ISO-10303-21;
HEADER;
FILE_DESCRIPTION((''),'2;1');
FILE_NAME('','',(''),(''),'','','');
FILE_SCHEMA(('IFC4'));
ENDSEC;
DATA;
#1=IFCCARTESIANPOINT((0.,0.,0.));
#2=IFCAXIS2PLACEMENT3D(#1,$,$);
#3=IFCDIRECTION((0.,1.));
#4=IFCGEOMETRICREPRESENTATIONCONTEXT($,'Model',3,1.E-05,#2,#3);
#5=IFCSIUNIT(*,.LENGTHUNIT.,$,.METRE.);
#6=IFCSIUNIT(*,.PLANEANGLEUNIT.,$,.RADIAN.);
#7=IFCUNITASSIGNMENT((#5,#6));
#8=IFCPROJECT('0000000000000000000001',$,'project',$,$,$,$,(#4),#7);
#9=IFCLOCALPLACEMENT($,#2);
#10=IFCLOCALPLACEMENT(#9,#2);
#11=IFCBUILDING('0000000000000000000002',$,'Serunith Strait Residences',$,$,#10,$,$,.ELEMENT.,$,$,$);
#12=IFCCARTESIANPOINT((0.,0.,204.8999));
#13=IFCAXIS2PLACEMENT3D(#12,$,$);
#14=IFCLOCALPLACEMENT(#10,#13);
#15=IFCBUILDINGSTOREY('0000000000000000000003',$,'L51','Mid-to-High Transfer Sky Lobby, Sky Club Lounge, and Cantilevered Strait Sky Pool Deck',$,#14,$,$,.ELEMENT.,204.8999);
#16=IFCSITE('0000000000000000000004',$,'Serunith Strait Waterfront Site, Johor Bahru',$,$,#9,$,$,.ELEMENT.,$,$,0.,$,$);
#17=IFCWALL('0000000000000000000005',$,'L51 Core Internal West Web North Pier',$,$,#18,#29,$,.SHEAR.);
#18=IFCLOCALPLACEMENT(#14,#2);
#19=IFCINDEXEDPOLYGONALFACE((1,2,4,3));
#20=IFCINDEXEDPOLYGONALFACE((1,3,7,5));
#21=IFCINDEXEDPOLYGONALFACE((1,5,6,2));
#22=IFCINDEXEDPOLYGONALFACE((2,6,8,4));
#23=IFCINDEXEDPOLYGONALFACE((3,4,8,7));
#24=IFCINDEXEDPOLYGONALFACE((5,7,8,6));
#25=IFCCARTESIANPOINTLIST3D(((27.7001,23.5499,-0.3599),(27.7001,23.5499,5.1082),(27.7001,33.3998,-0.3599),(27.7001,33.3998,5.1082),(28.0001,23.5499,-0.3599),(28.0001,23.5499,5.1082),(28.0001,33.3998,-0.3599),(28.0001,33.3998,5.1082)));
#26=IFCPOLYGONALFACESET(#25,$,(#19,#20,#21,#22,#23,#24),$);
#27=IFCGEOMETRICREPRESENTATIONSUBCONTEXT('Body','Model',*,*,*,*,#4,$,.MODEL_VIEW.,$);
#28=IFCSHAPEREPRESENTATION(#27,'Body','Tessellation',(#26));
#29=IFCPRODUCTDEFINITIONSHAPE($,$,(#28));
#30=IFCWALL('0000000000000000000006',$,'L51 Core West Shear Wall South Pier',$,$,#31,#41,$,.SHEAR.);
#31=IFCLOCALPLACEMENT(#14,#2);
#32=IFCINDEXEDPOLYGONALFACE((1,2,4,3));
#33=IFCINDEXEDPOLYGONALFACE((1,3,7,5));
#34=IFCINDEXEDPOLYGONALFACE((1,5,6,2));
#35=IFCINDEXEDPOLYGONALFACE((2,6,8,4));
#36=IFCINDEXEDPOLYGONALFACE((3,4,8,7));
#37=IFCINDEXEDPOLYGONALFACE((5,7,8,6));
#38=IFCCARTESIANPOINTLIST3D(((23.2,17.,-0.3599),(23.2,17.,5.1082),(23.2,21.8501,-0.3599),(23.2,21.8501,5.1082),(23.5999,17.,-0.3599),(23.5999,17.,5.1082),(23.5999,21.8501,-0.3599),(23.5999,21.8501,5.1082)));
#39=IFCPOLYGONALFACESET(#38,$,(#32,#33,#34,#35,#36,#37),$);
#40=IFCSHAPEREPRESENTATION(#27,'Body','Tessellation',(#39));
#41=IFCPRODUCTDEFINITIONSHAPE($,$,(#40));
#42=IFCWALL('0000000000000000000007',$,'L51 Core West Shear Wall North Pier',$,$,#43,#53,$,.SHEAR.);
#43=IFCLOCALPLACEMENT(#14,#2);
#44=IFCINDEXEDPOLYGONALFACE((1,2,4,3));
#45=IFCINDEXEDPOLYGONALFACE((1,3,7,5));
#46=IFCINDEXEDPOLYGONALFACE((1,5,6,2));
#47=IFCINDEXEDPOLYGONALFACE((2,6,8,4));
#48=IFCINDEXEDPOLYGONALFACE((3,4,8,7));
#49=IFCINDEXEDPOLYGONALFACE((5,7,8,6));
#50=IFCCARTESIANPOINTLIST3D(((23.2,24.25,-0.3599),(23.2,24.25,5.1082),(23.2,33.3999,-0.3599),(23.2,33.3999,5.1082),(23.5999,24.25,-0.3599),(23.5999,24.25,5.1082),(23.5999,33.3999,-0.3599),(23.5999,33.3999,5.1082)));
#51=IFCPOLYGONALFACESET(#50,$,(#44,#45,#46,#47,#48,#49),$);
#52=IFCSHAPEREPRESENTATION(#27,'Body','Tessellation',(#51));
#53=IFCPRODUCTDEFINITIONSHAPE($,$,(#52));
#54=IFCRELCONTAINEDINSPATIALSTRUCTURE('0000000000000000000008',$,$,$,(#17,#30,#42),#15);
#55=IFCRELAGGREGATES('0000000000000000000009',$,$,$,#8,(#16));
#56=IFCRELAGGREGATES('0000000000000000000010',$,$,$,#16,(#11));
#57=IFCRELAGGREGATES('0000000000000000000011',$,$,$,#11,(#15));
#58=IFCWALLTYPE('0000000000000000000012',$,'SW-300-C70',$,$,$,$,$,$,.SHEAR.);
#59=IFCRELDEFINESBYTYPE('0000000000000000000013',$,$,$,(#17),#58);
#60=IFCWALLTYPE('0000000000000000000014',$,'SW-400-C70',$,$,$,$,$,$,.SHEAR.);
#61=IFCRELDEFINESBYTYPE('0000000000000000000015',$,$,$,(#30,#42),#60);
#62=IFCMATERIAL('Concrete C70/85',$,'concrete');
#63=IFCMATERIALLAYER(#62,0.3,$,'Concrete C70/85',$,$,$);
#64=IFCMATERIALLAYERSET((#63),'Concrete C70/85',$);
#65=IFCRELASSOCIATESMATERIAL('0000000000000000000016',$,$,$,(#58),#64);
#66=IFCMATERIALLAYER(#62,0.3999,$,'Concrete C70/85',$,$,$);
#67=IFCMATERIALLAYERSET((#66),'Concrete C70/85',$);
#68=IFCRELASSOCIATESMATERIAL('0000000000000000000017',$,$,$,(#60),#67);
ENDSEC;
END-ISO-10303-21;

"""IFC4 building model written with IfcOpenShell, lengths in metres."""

from ifc_helpers import new_model, si_unit, direction, frame, frame_2d, origin, place, context, subcontext, project, spatial, rectangle, extrude, material, layer, layer_set, type_object, element, save


model = new_model("IFC4")

# Units and contexts
model_context = context("Model", 3, precision=1e-05, world=origin(), true_north=direction((0.0, 1.0)))
body_context = subcontext(model_context, "Body", "Model", "MODEL_VIEW")
ifc_project = project(units=[si_unit("LENGTHUNIT", "METRE"), si_unit("PLANEANGLEUNIT", "RADIAN")], contexts=[model_context])

# Site, building, storey
site_placement = place(None, origin())
site = spatial("IfcSite", under=ifc_project, at=site_placement, Name="Serunith Strait Waterfront Site, Johor Bahru", CompositionType="ELEMENT", RefElevation=0.0)
building_placement = place(site_placement, origin())
building = spatial("IfcBuilding", under=site, at=building_placement, Name="Serunith Strait Residences", CompositionType="ELEMENT")
storey_placement = place(building_placement, frame((0.0, 0.0, 204.8999)))
storey = spatial("IfcBuildingStorey", under=building, at=storey_placement, Name="L51", Description="Mid-to-High Transfer Sky Lobby, Sky Club Lounge, and Cantilevered Strait Sky Pool Deck", CompositionType="ELEMENT", Elevation=204.8999)

# Walls
ifc_material_1 = material(Name="Concrete C70/85", Category="concrete")
ifc_layer_1 = layer(ifc_material_1, 0.3, Name="Concrete C70/85")
ifc_layer_set_1 = layer_set([ifc_layer_1], Name="Concrete C70/85")
wall_type_1 = type_object("IfcWallType", Name="SW-300-C70", PredefinedType="SHEAR", material=ifc_layer_set_1)
wall_1_placement = place(storey_placement, frame((27.8501, 23.55, -0.3599), z_axis=(0.0, 0.0, 1.0), x_axis=(0.0, 1.0, 0.0)))
element("IfcWall", 1, at=wall_1_placement, inside=storey, type_object=wall_type_1, Name="L51 Core Internal West Web North Pier", PredefinedType="SHEAR", context=body_context, shape_type="SweptSolid", body=[
    extrude(rectangle(XDim=9.8499, YDim=0.3, at=frame_2d((4.9248, 0.0))), origin(), (0.0, 0.0, 1.0), 5.468),
])
ifc_layer_2 = layer(ifc_material_1, 0.3999, Name="Concrete C70/85")
ifc_layer_set_2 = layer_set([ifc_layer_2], Name="Concrete C70/85")
wall_type_2 = type_object("IfcWallType", Name="SW-400-C70", PredefinedType="SHEAR", material=ifc_layer_set_2)
wall_2_placement = place(storey_placement, frame((23.3999, 17.0, -0.3599), z_axis=(0.0, 0.0, 1.0), x_axis=(0.0, 1.0, 0.0)))
element("IfcWall", 2, at=wall_2_placement, inside=storey, type_object=wall_type_2, Name="L51 Core West Shear Wall South Pier", PredefinedType="SHEAR", context=body_context, shape_type="SweptSolid", body=[
    extrude(rectangle(XDim=4.8501, YDim=0.3999, at=frame_2d((2.425, 0.0))), origin(), (0.0, 0.0, 1.0), 5.468),
])
wall_3_placement = place(storey_placement, frame((23.3999, 24.25, -0.3599), z_axis=(0.0, 0.0, 1.0), x_axis=(0.0, 1.0, 0.0)))
element("IfcWall", 3, at=wall_3_placement, inside=storey, type_object=wall_type_2, Name="L51 Core West Shear Wall North Pier", PredefinedType="SHEAR", context=body_context, shape_type="SweptSolid", body=[
    extrude(rectangle(XDim=9.1499, YDim=0.3999, at=frame_2d((4.575, 0.0))), origin(), (0.0, 0.0, 1.0), 5.468),
])

save(model, "model.ifc")
